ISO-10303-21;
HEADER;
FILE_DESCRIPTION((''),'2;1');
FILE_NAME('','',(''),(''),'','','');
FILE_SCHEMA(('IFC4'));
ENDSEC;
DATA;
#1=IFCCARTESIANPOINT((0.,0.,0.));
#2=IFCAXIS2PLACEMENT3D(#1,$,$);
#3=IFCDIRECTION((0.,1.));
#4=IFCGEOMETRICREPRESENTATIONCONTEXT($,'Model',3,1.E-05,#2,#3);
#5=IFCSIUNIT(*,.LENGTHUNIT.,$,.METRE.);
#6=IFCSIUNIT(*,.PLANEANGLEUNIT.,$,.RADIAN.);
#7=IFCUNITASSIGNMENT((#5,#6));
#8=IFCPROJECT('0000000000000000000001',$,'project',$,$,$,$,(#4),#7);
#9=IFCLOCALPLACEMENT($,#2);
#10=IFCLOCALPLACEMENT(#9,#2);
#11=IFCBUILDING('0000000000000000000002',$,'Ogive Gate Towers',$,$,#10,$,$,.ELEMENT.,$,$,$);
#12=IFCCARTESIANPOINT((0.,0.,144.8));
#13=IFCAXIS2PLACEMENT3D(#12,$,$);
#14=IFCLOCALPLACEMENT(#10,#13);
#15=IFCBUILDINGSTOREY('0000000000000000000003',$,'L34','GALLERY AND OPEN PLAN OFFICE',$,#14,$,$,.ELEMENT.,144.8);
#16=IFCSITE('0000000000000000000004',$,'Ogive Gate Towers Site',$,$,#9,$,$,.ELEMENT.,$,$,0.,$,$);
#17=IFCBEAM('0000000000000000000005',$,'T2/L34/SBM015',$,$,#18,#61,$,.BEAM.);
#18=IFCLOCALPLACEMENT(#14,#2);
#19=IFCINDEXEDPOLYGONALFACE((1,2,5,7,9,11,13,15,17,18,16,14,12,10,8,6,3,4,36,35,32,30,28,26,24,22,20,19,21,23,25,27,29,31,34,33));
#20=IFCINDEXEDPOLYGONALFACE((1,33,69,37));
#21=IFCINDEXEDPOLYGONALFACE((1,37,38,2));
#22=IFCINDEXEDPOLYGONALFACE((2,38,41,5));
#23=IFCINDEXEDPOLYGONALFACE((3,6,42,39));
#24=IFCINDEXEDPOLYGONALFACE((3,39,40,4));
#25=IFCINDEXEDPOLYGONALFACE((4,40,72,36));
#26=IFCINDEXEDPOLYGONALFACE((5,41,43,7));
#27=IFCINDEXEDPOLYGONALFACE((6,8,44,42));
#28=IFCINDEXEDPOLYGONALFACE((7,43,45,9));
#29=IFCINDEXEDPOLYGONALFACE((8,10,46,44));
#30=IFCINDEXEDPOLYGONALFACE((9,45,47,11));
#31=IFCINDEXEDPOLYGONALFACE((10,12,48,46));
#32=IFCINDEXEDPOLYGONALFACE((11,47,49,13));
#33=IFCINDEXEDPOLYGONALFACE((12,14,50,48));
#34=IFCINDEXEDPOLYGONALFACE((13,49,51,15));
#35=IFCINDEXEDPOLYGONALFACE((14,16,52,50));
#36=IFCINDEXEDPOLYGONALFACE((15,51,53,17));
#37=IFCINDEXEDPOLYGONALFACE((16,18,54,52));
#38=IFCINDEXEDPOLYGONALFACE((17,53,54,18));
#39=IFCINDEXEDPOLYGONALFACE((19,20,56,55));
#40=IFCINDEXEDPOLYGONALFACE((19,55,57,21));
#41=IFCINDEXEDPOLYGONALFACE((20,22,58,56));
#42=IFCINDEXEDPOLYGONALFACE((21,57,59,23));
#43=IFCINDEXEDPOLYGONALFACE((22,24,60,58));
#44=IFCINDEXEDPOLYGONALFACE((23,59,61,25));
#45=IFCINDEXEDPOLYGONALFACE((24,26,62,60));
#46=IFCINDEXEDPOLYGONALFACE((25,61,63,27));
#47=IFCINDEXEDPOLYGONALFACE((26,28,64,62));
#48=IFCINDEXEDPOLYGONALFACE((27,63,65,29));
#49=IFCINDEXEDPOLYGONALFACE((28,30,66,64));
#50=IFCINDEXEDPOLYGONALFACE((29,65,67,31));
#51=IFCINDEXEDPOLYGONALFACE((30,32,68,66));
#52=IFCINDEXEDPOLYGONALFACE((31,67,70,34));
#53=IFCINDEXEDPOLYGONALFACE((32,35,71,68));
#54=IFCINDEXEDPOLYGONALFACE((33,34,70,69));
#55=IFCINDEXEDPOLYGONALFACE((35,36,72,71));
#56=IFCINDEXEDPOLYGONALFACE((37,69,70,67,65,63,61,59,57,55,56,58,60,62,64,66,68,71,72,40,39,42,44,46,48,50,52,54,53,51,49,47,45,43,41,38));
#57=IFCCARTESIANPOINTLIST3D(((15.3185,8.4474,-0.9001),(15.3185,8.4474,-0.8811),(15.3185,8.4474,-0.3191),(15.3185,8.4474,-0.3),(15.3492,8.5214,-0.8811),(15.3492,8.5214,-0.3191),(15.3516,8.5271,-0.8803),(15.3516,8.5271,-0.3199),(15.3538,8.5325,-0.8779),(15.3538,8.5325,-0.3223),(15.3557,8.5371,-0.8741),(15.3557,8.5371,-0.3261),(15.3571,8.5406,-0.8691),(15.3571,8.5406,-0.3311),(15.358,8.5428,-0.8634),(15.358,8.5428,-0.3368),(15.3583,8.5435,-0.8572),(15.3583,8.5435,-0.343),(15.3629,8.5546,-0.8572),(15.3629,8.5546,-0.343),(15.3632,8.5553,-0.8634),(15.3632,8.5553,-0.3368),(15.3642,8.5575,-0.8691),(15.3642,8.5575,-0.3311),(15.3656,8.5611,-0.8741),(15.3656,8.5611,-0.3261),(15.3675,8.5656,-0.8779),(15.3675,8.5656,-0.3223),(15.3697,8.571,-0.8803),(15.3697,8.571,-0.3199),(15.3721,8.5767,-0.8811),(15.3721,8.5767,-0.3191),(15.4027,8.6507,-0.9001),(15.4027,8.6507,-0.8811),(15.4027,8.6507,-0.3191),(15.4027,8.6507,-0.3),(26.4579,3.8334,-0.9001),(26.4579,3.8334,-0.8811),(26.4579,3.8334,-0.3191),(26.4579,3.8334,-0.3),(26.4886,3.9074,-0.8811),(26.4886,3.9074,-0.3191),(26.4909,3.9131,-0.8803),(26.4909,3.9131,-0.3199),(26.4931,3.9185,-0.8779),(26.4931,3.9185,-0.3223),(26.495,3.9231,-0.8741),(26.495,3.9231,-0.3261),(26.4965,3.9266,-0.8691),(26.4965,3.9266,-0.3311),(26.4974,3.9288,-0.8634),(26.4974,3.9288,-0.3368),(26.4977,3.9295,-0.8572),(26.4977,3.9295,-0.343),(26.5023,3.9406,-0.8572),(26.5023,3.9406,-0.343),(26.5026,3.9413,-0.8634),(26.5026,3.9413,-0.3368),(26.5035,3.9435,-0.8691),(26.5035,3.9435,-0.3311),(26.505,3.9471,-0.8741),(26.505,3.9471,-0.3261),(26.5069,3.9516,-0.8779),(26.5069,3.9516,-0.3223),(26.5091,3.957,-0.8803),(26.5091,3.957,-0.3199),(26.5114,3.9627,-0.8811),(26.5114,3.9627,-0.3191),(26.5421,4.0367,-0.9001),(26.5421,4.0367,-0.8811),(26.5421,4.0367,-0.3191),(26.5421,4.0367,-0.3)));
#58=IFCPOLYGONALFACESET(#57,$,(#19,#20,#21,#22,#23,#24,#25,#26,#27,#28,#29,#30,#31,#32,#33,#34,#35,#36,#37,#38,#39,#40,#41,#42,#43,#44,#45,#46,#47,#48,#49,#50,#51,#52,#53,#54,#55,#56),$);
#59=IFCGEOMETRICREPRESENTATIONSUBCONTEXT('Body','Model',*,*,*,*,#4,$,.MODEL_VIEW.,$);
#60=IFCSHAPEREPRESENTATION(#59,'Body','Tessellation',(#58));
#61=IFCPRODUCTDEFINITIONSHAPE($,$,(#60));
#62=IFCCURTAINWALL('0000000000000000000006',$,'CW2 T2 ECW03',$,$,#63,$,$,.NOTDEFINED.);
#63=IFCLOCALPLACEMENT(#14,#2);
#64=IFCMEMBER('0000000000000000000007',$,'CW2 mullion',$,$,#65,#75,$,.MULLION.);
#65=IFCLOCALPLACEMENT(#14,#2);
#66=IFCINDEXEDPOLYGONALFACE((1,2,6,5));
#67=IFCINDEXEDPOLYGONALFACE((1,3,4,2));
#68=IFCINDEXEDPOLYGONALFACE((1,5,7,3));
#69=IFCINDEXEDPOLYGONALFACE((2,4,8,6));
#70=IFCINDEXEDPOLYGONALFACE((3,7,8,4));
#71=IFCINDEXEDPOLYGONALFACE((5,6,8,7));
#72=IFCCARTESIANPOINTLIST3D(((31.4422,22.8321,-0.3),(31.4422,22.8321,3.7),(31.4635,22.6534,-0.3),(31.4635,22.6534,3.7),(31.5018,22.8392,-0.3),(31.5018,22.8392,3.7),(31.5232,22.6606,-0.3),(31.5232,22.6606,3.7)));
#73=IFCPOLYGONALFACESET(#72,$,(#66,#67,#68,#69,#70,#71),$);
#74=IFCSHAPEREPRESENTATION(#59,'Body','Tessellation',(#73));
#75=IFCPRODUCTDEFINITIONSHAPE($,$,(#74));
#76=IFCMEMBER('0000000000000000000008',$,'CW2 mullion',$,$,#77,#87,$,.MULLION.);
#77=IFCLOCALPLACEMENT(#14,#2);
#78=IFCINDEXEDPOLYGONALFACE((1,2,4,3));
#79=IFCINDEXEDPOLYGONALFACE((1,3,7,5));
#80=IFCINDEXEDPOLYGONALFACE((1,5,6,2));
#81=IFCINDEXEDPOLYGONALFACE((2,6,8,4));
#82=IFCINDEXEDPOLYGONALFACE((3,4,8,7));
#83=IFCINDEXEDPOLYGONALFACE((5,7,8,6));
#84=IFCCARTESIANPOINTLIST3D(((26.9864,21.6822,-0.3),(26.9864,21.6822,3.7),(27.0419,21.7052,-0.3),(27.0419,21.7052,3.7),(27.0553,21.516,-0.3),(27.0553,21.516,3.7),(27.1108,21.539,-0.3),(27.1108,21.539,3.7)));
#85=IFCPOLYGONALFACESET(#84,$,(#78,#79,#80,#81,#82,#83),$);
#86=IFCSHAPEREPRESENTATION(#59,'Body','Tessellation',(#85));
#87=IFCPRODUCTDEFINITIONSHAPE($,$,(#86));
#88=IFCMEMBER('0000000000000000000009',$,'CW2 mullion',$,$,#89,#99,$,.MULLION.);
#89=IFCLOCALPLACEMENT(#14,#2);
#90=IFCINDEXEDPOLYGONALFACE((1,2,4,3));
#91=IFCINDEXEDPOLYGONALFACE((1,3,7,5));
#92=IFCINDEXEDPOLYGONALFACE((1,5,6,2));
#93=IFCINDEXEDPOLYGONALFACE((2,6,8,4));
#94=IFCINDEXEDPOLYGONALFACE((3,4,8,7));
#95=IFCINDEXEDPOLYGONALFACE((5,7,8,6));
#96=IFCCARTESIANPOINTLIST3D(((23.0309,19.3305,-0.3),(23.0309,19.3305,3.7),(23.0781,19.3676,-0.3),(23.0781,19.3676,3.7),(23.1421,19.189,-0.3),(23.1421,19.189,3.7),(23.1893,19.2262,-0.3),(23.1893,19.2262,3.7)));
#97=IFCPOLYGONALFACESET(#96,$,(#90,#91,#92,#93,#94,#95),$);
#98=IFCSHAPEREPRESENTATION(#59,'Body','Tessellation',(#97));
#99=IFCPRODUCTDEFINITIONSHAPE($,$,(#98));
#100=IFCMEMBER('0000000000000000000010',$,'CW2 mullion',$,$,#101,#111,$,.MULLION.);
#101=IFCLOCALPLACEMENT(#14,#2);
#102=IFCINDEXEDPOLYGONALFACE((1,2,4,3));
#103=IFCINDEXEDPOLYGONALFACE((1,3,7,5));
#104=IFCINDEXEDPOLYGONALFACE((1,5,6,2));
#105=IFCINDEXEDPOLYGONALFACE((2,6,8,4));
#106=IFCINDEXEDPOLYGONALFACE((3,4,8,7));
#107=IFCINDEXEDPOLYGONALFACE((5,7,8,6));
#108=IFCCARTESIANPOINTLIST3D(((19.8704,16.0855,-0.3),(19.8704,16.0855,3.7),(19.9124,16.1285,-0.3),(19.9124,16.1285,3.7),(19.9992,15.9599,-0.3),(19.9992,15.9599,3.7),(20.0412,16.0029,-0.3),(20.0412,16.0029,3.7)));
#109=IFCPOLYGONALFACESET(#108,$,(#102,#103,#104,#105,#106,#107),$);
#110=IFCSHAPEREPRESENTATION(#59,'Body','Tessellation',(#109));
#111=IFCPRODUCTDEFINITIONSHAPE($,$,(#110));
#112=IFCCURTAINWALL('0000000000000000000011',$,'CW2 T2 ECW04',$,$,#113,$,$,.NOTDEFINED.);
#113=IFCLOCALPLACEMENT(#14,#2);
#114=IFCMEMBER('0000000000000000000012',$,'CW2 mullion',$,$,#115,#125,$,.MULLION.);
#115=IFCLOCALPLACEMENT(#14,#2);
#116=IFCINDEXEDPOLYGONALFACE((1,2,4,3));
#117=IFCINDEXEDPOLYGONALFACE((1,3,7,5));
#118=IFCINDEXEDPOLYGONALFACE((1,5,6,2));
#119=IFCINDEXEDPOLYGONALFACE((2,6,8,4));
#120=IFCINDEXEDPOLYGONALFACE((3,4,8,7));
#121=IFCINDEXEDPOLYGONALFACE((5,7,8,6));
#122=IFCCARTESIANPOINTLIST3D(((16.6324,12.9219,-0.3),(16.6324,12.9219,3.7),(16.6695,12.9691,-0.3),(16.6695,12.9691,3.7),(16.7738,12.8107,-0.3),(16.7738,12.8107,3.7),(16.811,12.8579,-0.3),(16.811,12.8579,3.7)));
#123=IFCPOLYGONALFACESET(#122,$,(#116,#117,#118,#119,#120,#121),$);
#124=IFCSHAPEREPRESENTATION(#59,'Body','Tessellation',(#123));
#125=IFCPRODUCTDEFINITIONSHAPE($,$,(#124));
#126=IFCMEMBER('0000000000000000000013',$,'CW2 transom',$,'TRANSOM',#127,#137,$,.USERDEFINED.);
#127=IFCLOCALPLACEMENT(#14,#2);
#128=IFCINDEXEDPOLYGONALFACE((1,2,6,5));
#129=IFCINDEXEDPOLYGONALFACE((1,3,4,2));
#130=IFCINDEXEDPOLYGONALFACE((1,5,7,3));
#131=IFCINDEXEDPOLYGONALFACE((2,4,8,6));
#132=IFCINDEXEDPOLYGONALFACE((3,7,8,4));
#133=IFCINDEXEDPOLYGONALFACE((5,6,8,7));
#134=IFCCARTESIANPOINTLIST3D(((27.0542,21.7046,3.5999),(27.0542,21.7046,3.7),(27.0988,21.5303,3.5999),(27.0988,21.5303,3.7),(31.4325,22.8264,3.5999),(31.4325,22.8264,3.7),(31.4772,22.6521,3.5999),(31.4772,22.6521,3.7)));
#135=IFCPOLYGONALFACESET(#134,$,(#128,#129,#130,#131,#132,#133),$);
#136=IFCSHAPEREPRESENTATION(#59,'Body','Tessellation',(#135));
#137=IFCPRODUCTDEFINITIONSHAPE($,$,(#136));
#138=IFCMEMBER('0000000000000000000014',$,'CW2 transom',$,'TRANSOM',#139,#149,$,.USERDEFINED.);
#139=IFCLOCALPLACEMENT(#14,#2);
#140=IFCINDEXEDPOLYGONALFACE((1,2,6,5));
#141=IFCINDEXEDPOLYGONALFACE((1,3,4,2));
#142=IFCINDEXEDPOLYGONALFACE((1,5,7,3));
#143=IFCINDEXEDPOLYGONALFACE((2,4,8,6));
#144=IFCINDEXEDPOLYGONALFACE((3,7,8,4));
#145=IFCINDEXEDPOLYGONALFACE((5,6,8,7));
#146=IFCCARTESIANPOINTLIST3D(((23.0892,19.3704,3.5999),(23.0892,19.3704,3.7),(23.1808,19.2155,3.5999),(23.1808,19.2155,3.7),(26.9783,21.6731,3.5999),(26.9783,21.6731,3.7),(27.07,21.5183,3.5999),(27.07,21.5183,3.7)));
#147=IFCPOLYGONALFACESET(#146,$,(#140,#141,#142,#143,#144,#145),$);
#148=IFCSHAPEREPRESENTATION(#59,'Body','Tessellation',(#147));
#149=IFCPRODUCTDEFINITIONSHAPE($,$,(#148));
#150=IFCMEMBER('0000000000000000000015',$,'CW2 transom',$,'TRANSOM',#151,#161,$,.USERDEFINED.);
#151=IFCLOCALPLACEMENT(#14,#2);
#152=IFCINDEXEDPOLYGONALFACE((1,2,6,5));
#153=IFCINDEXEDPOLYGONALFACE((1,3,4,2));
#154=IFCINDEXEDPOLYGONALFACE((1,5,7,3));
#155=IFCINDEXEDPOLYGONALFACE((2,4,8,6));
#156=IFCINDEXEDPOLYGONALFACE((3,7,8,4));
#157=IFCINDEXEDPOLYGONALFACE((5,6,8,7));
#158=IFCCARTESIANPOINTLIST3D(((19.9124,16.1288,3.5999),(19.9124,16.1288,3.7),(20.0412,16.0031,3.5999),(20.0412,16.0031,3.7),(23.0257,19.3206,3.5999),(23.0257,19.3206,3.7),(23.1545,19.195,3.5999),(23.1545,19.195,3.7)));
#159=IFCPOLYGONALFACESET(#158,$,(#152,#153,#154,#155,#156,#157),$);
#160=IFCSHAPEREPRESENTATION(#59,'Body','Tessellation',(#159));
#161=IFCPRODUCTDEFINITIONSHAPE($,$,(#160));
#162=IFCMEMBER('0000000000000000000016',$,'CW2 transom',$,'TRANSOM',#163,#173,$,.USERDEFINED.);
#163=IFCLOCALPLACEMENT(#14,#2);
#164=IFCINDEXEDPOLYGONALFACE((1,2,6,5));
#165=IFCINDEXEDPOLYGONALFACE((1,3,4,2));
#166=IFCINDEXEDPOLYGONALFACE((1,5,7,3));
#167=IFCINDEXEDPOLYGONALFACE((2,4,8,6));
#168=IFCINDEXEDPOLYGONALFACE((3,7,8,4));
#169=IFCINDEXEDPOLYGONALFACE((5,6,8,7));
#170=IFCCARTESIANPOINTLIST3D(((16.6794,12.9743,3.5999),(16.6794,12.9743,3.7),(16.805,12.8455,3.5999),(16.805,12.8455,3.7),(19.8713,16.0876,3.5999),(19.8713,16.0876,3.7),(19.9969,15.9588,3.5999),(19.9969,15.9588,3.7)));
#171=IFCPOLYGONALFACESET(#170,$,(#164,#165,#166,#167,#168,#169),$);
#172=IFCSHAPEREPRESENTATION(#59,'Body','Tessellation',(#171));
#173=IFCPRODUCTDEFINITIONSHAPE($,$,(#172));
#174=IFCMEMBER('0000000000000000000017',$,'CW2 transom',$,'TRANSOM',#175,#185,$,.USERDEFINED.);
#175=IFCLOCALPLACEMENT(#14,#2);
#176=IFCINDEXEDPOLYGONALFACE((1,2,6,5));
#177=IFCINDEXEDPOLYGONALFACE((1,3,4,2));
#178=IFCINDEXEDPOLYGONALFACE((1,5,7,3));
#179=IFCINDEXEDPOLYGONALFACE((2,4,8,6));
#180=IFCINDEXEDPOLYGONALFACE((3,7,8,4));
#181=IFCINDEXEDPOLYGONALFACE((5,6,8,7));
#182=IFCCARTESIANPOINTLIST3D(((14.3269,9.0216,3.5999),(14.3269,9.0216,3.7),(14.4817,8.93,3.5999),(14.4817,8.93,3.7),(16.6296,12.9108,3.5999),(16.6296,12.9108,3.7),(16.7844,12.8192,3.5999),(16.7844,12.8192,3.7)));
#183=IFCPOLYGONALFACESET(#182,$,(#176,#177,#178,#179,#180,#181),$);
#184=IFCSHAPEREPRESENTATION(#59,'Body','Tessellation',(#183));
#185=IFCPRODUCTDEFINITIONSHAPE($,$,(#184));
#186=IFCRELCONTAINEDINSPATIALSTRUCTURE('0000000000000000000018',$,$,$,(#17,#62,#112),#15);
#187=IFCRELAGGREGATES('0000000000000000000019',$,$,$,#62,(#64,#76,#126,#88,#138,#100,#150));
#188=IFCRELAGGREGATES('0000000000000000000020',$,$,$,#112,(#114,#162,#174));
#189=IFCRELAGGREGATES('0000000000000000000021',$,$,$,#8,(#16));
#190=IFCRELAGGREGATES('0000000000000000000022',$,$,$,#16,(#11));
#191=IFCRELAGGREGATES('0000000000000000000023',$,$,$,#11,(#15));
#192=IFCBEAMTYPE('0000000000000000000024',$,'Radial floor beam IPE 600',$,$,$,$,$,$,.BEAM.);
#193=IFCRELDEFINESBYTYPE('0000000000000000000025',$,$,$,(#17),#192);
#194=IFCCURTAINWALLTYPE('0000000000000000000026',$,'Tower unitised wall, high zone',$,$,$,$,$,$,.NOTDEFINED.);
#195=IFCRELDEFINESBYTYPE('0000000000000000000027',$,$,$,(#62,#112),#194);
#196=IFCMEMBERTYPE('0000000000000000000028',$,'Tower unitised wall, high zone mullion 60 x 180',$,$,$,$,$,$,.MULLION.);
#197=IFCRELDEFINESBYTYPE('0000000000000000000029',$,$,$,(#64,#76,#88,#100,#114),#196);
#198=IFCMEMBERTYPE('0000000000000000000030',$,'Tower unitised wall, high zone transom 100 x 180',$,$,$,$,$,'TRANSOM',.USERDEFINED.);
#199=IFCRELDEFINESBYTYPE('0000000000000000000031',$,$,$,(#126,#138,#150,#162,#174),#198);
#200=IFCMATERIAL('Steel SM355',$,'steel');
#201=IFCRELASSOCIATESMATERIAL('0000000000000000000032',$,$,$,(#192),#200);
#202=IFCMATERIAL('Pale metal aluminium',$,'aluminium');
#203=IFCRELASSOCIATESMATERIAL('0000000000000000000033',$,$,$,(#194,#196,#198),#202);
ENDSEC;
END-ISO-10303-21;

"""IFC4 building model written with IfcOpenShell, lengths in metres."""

from ifc_helpers import new_model, si_unit, direction, frame, origin, origin_2d, place, context, subcontext, project, spatial, rectangle, i_section, extrude, material, material_profile, profile_set, type_object, element, aggregate, save


model = new_model("IFC4")

# Units and contexts
model_context = context("Model", 3, precision=1e-05, world=origin(), true_north=direction((0.0, 1.0)))
body_context = subcontext(model_context, "Body", "Model", "MODEL_VIEW")
ifc_project = project(units=[si_unit("LENGTHUNIT", "METRE"), si_unit("PLANEANGLEUNIT", "RADIAN")], contexts=[model_context])

# Site, building, storey
site_placement = place(None, origin())
site = spatial("IfcSite", under=ifc_project, at=site_placement, Name="Ogive Gate Towers Site", CompositionType="ELEMENT", RefElevation=0.0)
building_placement = place(site_placement, origin())
building = spatial("IfcBuilding", under=site, at=building_placement, Name="Ogive Gate Towers", CompositionType="ELEMENT")
storey_placement = place(building_placement, frame((0.0, 0.0, 144.8)))
storey = spatial("IfcBuildingStorey", under=building, at=storey_placement, Name="L34", Description="GALLERY AND OPEN PLAN OFFICE", CompositionType="ELEMENT", Elevation=144.8)

# Beam
ifc_material_1 = material(Name="Steel SM355", Category="steel")
ifc_material_profile_1 = material_profile(ifc_material_1, i_section(OverallWidth=0.22, OverallDepth=0.6001, WebThickness=0.012, FlangeThickness=0.019, FilletRadius=0.0239, at=origin_2d()), Name="IPE 600")
ifc_profile_set_1 = profile_set([ifc_material_profile_1], Name="Steel SM355")
beam_type_1 = type_object("IfcBeamType", Name="Radial floor beam IPE 600", PredefinedType="BEAM", material=ifc_profile_set_1)
beam_1_placement = place(storey_placement, frame((26.5, 3.9351, -0.6001), z_axis=(-0.923882, 0.382678, 0.0), x_axis=(-0.382678, -0.923882, 0.0)))
element("IfcBeam", 1, at=beam_1_placement, inside=storey, type_object=beam_type_1, Name="T2/L34/SBM015", PredefinedType="BEAM", context=body_context, shape_type="SweptSolid", body=[
    extrude(i_section(OverallWidth=0.22, OverallDepth=0.6001, WebThickness=0.012, FlangeThickness=0.019, FilletRadius=0.0239, at=origin_2d()), origin(), (0.0, 0.0, 1.0), 12.0571),
])

# Curtain wall, members
ifc_material_2 = material(Name="Pale metal aluminium", Category="aluminium")
curtain_wall_type = type_object("IfcCurtainWallType", Name="Tower unitised wall, high zone", PredefinedType="NOTDEFINED", material=ifc_material_2)
curtain_wall_1_placement = place(storey_placement, origin())
curtain_wall_1 = element("IfcCurtainWall", 2, at=curtain_wall_1_placement, inside=storey, type_object=curtain_wall_type, Name="CW2 T2 ECW03", PredefinedType="NOTDEFINED")
ifc_material_profile_2 = material_profile(ifc_material_2, rectangle(XDim=0.1799, YDim=0.0601, at=origin_2d()), Name="60 x 180 aluminium box")
ifc_profile_set_2 = profile_set([ifc_material_profile_2], Name="Pale metal aluminium")
member_type_1 = type_object("IfcMemberType", Name="Tower unitised wall, high zone mullion 60 x 180", PredefinedType="MULLION", material=ifc_profile_set_2)
member_1_placement = place(storey_placement, frame((31.4827, 22.7463, -0.3), z_axis=(0.0, 0.0, 1.0), x_axis=(-0.118889, 0.992908, 0.0)))
member_1 = element("IfcMember", 3, at=member_1_placement, type_object=member_type_1, Name="CW2 mullion", PredefinedType="MULLION", context=body_context, shape_type="SweptSolid", body=[
    extrude(rectangle(XDim=0.1799, YDim=0.0601, at=origin_2d()), origin(), (0.0, 0.0, 1.0), 4.0),
])
member_2_placement = place(storey_placement, frame((27.0486, 21.6106, -0.3), z_axis=(0.0, 0.0, 1.0), x_axis=(-0.382683, 0.92388, 0.0)))
member_2 = element("IfcMember", 4, at=member_2_placement, type_object=member_type_1, Name="CW2 mullion", PredefinedType="MULLION", context=body_context, shape_type="SweptSolid", body=[
    extrude(rectangle(XDim=0.1799, YDim=0.0601, at=origin_2d()), origin(), (0.0, 0.0, 1.0), 4.0),
])
member_3_placement = place(storey_placement, frame((23.1101, 19.2783, -0.3), z_axis=(0.0, 0.0, 1.0), x_axis=(-0.618038, 0.786148, 0.0)))
member_3 = element("IfcMember", 5, at=member_3_placement, type_object=member_type_1, Name="CW2 mullion", PredefinedType="MULLION", context=body_context, shape_type="SweptSolid", body=[
    extrude(rectangle(XDim=0.1799, YDim=0.0601, at=origin_2d()), origin(), (0.0, 0.0, 1.0), 4.0),
])
member_4_placement = place(storey_placement, frame((19.9558, 16.0442, -0.3), z_axis=(0.0, 0.0, 1.0), x_axis=(-0.715863, 0.69824, 0.0)))
member_4 = element("IfcMember", 6, at=member_4_placement, type_object=member_type_1, Name="CW2 mullion", PredefinedType="MULLION", context=body_context, shape_type="SweptSolid", body=[
    extrude(rectangle(XDim=0.1799, YDim=0.0601, at=origin_2d()), origin(), (0.0, 0.0, 1.0), 4.0),
])

# Curtain wall, member
curtain_wall_2_placement = place(storey_placement, origin())
curtain_wall_2 = element("IfcCurtainWall", 7, at=curtain_wall_2_placement, inside=storey, type_object=curtain_wall_type, Name="CW2 T2 ECW04", PredefinedType="NOTDEFINED")
member_5_placement = place(storey_placement, frame((16.7217, 12.8899, -0.3), z_axis=(0.0, 0.0, 1.0), x_axis=(-0.786148, 0.618038, 0.0)))
member_5 = element("IfcMember", 8, at=member_5_placement, type_object=member_type_1, Name="CW2 mullion", PredefinedType="MULLION", context=body_context, shape_type="SweptSolid", body=[
    extrude(rectangle(XDim=0.1799, YDim=0.0601, at=origin_2d()), origin(), (0.0, 0.0, 1.0), 4.0),
])

# Members
ifc_material_profile_3 = material_profile(ifc_material_2, rectangle(XDim=0.1799, YDim=0.1001, at=origin_2d()), Name="100 x 180 aluminium box")
ifc_profile_set_3 = profile_set([ifc_material_profile_3], Name="Pale metal aluminium")
member_type_2 = type_object("IfcMemberType", Name="Tower unitised wall, high zone transom 100 x 180", ElementType="TRANSOM", PredefinedType="USERDEFINED", material=ifc_profile_set_3)
member_6_placement = place(storey_placement, frame((31.4548, 22.7393, 3.6499), z_axis=(-0.968709, -0.2482, 0.0), x_axis=(0.2482, -0.968709, 0.0)))
member_6 = element("IfcMember", 9, at=member_6_placement, type_object=member_type_2, Name="CW2 transom", ObjectType="TRANSOM", PredefinedType="USERDEFINED", context=body_context, shape_type="SweptSolid", body=[
    extrude(rectangle(XDim=0.1799, YDim=0.1001, at=origin_2d()), origin(), (0.0, 0.0, 1.0), 4.5198),
])
member_7_placement = place(storey_placement, frame((27.0242, 21.5957, 3.6499), z_axis=(-0.860481, -0.509483, 0.0), x_axis=(0.509483, -0.860481, 0.0)))
member_7 = element("IfcMember", 10, at=member_7_placement, type_object=member_type_2, Name="CW2 transom", ObjectType="TRANSOM", PredefinedType="USERDEFINED", context=body_context, shape_type="SweptSolid", body=[
    extrude(rectangle(XDim=0.1799, YDim=0.1001, at=origin_2d()), origin(), (0.0, 0.0, 1.0), 4.5198),
])
member_8_placement = place(storey_placement, frame((23.0901, 19.2578, 3.6499), z_axis=(-0.698236, -0.715867, 0.0), x_axis=(0.715867, -0.698236, 0.0)))
member_8 = element("IfcMember", 11, at=member_8_placement, type_object=member_type_2, Name="CW2 transom", ObjectType="TRANSOM", PredefinedType="USERDEFINED", context=body_context, shape_type="SweptSolid", body=[
    extrude(rectangle(XDim=0.1799, YDim=0.1001, at=origin_2d()), origin(), (0.0, 0.0, 1.0), 4.4587),
])
member_9_placement = place(storey_placement, frame((19.9341, 16.0232, 3.6499), z_axis=(-0.715867, -0.698236, 0.0), x_axis=(0.698236, -0.715867, 0.0)))
member_9 = element("IfcMember", 12, at=member_9_placement, type_object=member_type_2, Name="CW2 transom", ObjectType="TRANSOM", PredefinedType="USERDEFINED", context=body_context, shape_type="SweptSolid", body=[
    extrude(rectangle(XDim=0.1799, YDim=0.1001, at=origin_2d()), origin(), (0.0, 0.0, 1.0), 4.4587),
])
member_10_placement = place(storey_placement, frame((16.707, 12.865, 3.6499), z_axis=(-0.509483, -0.860481, 0.0), x_axis=(0.860481, -0.509483, 0.0)))
member_10 = element("IfcMember", 13, at=member_10_placement, type_object=member_type_2, Name="CW2 transom", ObjectType="TRANSOM", PredefinedType="USERDEFINED", context=body_context, shape_type="SweptSolid", body=[
    extrude(rectangle(XDim=0.1799, YDim=0.1001, at=origin_2d()), origin(), (0.0, 0.0, 1.0), 4.5198),
])

aggregate(curtain_wall_1, [member_1, member_2, member_6, member_3, member_7, member_4, member_8])
aggregate(curtain_wall_2, [member_5, member_9, member_10])

save(model, "model.ifc")
